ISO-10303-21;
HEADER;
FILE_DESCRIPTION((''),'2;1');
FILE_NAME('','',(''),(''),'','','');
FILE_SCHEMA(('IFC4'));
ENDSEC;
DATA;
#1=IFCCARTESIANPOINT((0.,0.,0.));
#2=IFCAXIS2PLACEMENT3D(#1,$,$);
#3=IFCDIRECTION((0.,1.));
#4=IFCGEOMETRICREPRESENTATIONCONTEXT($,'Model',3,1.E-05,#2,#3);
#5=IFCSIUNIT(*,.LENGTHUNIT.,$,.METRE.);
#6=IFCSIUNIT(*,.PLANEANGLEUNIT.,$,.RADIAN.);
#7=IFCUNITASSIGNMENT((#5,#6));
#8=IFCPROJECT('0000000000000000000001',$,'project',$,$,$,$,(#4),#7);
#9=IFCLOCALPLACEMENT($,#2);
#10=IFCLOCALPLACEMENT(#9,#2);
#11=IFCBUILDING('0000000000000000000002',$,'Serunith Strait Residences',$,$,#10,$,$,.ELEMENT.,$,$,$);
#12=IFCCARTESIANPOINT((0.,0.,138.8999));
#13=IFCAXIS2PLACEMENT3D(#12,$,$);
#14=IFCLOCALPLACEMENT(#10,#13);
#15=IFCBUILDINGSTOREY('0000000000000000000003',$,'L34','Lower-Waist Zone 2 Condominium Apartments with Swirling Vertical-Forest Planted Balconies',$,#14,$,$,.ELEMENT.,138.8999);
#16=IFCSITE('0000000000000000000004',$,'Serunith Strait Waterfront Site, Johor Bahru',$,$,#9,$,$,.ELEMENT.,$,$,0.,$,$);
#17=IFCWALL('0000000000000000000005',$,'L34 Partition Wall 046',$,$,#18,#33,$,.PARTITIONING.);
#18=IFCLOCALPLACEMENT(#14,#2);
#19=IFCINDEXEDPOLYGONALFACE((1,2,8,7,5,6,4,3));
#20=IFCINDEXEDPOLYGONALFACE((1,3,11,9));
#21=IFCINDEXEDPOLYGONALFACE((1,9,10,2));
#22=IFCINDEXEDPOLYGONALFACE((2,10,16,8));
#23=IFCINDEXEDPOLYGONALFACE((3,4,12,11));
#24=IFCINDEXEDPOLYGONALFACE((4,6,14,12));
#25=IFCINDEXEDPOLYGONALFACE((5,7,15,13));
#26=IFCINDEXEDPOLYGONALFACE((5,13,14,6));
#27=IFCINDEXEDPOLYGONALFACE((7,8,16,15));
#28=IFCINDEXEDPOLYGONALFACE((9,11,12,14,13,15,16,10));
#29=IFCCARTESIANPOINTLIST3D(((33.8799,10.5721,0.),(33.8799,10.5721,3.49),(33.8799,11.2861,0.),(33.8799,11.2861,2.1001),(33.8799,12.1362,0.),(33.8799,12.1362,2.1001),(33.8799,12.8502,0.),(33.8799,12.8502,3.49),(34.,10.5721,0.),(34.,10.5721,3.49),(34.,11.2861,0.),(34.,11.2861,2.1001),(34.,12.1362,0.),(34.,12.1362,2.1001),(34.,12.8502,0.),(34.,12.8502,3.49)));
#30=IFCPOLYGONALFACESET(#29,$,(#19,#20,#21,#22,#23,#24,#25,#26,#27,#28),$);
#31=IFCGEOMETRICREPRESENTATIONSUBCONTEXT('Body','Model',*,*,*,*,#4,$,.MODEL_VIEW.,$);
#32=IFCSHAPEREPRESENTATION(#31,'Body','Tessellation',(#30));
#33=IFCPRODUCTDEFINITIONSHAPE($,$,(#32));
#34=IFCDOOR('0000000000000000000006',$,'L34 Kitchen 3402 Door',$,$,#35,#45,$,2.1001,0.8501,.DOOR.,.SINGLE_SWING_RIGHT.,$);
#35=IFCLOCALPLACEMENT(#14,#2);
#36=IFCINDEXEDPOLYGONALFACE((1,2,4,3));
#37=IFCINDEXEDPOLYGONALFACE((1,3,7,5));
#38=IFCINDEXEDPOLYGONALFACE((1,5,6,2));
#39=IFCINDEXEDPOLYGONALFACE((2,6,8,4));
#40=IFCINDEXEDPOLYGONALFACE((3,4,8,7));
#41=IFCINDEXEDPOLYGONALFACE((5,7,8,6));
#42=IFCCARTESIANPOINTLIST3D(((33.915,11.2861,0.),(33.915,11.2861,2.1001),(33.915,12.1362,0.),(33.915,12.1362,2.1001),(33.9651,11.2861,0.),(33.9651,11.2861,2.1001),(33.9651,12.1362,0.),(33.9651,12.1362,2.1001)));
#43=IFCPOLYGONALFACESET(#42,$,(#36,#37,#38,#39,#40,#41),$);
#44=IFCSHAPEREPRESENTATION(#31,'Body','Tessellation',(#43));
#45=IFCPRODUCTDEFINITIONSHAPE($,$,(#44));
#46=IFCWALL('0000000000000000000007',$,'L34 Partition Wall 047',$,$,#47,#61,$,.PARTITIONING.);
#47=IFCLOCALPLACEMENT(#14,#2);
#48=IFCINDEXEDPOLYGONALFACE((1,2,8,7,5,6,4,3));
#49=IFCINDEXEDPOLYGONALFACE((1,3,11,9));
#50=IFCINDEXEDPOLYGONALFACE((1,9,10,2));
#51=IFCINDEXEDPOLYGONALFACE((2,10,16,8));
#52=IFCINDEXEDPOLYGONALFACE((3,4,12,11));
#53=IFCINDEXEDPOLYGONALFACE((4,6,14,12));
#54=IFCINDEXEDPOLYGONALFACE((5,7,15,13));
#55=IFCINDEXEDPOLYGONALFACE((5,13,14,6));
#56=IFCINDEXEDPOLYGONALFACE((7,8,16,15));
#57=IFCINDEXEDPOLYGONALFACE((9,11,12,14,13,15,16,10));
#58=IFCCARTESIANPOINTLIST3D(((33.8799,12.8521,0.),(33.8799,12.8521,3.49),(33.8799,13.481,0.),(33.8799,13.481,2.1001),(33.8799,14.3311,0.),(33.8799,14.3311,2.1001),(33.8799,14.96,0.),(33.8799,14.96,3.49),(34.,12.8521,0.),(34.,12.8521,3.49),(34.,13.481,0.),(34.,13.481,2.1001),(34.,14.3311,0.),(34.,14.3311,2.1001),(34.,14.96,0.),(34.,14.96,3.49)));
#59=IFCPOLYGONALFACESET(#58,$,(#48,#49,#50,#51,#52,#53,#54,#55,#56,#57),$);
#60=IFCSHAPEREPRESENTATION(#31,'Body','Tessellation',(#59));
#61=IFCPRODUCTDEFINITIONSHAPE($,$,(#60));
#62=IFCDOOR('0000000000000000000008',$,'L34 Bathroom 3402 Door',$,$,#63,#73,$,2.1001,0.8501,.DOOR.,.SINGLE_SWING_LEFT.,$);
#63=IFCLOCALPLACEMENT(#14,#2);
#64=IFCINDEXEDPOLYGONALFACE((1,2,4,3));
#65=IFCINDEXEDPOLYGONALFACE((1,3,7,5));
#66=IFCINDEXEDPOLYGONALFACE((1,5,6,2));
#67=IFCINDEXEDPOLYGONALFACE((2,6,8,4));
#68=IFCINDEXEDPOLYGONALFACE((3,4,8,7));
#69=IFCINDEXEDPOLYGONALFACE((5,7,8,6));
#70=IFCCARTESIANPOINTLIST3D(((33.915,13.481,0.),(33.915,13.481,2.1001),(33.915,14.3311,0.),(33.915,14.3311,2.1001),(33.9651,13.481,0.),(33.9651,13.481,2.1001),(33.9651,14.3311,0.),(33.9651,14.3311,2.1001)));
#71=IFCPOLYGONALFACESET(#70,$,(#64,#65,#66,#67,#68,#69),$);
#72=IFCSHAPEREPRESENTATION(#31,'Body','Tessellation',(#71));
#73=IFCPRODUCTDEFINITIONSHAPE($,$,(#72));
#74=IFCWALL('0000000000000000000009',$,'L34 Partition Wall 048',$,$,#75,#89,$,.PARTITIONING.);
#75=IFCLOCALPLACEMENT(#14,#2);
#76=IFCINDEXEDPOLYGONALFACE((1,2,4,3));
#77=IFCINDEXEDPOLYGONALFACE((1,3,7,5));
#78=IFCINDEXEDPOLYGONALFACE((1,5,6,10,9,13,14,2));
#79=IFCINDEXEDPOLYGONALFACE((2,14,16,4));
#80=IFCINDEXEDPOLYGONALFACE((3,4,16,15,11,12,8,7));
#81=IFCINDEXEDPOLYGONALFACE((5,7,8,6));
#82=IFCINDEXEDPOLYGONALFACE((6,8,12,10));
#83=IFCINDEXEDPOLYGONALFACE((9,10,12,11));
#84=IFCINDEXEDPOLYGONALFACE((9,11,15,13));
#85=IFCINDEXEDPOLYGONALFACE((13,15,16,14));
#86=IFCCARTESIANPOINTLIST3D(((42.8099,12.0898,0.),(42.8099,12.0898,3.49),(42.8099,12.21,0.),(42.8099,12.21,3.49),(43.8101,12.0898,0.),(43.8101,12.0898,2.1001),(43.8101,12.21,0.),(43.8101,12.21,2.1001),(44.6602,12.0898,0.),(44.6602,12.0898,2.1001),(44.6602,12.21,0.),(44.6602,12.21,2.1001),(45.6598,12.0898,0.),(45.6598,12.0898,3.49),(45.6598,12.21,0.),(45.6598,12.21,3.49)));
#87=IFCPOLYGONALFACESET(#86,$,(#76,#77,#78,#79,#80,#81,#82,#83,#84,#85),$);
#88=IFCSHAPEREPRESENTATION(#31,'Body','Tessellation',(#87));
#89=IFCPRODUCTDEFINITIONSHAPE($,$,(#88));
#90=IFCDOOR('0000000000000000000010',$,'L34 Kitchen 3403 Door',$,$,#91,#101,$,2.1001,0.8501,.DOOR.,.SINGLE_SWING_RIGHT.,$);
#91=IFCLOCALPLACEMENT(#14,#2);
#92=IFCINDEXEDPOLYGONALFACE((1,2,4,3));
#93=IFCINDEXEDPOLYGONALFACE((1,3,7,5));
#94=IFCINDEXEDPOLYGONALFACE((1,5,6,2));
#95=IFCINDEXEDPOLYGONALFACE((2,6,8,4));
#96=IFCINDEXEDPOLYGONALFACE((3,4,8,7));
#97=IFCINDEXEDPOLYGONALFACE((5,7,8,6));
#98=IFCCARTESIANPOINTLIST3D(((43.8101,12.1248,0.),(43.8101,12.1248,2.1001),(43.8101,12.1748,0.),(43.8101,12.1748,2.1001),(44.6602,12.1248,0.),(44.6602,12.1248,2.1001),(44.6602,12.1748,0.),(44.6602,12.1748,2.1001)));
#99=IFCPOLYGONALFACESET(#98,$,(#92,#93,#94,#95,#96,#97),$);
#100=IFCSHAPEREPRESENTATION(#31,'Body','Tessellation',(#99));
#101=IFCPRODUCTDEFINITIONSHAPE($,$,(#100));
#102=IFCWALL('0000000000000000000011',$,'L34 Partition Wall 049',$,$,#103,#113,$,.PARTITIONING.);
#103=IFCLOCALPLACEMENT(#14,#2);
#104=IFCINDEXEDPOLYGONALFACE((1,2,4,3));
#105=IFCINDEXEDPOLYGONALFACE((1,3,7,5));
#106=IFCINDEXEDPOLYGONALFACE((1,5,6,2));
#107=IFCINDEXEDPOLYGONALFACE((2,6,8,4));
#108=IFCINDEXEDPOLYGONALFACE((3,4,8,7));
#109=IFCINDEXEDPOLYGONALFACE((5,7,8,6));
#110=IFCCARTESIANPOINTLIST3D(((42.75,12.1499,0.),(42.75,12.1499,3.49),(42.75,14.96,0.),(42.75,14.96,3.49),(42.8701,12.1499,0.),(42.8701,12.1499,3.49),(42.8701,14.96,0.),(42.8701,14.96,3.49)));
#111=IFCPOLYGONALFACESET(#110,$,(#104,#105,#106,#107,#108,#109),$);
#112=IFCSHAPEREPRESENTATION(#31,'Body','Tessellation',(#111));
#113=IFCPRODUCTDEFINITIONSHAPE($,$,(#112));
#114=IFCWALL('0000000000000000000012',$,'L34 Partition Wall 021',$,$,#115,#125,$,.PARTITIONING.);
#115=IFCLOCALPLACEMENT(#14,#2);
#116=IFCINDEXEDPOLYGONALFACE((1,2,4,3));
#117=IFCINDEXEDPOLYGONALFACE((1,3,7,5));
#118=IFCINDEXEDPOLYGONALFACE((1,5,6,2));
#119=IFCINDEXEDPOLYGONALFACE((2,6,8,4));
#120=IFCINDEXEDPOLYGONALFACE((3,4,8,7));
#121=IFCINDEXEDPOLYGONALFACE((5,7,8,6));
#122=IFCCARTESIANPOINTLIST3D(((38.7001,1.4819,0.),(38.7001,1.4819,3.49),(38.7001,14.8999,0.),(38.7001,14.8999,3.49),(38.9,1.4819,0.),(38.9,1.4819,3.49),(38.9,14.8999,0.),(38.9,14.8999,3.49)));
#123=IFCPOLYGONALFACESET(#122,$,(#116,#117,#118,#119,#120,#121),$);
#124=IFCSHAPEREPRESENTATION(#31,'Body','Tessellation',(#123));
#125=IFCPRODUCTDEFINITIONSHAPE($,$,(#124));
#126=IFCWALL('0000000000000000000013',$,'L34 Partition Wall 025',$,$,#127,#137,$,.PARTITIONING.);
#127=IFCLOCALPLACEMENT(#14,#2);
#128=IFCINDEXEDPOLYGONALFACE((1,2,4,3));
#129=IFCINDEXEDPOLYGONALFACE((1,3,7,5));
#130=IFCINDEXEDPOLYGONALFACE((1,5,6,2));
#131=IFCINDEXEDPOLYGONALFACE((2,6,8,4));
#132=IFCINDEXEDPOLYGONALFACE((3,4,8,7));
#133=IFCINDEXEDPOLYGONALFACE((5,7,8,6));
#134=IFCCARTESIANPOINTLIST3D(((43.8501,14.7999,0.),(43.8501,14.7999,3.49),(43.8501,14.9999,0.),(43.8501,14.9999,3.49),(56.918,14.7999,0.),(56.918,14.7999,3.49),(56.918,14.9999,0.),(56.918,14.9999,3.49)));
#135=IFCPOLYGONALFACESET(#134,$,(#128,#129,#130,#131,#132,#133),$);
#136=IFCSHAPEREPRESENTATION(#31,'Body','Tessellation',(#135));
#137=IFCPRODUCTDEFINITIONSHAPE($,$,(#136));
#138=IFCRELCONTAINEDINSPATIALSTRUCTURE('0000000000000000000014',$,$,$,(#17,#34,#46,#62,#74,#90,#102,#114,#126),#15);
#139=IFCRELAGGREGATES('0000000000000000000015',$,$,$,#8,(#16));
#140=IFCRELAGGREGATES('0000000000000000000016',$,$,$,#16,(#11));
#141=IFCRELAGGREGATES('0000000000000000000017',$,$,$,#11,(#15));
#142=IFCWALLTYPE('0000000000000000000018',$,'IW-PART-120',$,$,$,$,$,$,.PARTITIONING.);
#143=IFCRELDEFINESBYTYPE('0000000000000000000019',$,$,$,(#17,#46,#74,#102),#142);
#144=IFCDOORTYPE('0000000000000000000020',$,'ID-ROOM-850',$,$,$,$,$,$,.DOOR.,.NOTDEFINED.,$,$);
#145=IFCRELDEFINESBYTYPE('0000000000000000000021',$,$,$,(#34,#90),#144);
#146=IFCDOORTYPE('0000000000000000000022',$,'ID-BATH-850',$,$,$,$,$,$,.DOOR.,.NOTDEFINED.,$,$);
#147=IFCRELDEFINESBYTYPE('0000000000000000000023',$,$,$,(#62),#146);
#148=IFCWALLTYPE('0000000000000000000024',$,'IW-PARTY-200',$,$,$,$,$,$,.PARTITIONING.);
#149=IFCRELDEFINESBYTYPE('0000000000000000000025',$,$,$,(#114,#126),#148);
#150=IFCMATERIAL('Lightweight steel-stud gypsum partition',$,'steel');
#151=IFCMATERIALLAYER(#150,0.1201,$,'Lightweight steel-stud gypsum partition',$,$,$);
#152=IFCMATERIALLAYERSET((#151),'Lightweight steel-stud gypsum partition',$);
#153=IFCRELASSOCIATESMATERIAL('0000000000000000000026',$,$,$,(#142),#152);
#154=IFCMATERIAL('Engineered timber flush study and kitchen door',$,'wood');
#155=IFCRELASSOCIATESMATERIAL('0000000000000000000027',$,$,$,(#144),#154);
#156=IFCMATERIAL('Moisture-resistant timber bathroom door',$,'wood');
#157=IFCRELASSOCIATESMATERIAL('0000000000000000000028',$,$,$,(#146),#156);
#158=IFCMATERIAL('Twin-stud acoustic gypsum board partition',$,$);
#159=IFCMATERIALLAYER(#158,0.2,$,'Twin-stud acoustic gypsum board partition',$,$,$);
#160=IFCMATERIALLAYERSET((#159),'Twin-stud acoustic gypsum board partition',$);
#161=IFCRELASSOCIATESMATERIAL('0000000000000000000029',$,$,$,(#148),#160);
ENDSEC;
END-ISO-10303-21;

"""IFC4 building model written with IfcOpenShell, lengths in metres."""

from ifc_helpers import new_model, si_unit, direction, frame, frame_2d, origin, place, context, subcontext, project, spatial, rectangle, extrude, source, transform, mapped, material, layer, layer_set, type_object, element, fill, save


model = new_model("IFC4")

# Units and contexts
model_context = context("Model", 3, precision=1e-05, world=origin(), true_north=direction((0.0, 1.0)))
body_context = subcontext(model_context, "Body", "Model", "MODEL_VIEW")
ifc_project = project(units=[si_unit("LENGTHUNIT", "METRE"), si_unit("PLANEANGLEUNIT", "RADIAN")], contexts=[model_context])

# Site, building, storey
site_placement = place(None, origin())
site = spatial("IfcSite", under=ifc_project, at=site_placement, Name="Serunith Strait Waterfront Site, Johor Bahru", CompositionType="ELEMENT", RefElevation=0.0)
building_placement = place(site_placement, origin())
building = spatial("IfcBuilding", under=site, at=building_placement, Name="Serunith Strait Residences", CompositionType="ELEMENT")
storey_placement = place(building_placement, frame((0.0, 0.0, 138.8999)))
storey = spatial("IfcBuildingStorey", under=building, at=storey_placement, Name="L34", Description="Lower-Waist Zone 2 Condominium Apartments with Swirling Vertical-Forest Planted Balconies", CompositionType="ELEMENT", Elevation=138.8999)

# Walls, openings, doors
ifc_material_1 = material(Name="Lightweight steel-stud gypsum partition", Category="steel")
ifc_layer_1 = layer(ifc_material_1, 0.1201, Name="Lightweight steel-stud gypsum partition")
ifc_layer_set_1 = layer_set([ifc_layer_1], Name="Lightweight steel-stud gypsum partition")
wall_type_1 = type_object("IfcWallType", Name="IW-PART-120", PredefinedType="PARTITIONING", material=ifc_layer_set_1)
ifc_material_2 = material(Name="Engineered timber flush study and kitchen door", Category="wood")
door_type_1 = type_object("IfcDoorType", Name="ID-ROOM-850", OperationType="NOTDEFINED", PredefinedType="DOOR", material=ifc_material_2)
shared_shape_1 = source(origin(), body_context, "Body", "SweptSolid", [
    extrude(rectangle(XDim=0.8501, YDim=2.1001, at=frame_2d((0.425, 1.05))), frame((0.0, 0.0249, 0.0), z_axis=(0.0, -1.0, 0.0), x_axis=(1.0, 0.0, 0.0)), (0.0, 0.0, 1.0), 0.05),
])
wall_1_placement = place(storey_placement, frame((33.9399, 10.572, 0.0), z_axis=(0.0, 0.0, 1.0), x_axis=(0.0, 1.0, 0.0)))
wall_1 = element("IfcWall", 1, at=wall_1_placement, inside=storey, type_object=wall_type_1, Name="L34 Partition Wall 046", PredefinedType="PARTITIONING", context=body_context, shape_type="SweptSolid", body=[
    extrude(rectangle(XDim=2.2781, YDim=0.1201, at=frame_2d((1.1392, 0.0))), origin(), (0.0, 0.0, 1.0), 3.49),
])
opening_1_placement = place(wall_1_placement, frame((0.7141, 0.0, 0.0)))
opening_1 = element("IfcOpeningElement", 2, at=opening_1_placement, cuts=wall_1, PredefinedType="OPENING", context=body_context, shape_type="SweptSolid", body=[
    extrude(rectangle(XDim=0.8501, YDim=2.1001, at=frame_2d((0.425, 1.05))), frame((0.0, 0.0701, 0.0), z_axis=(0.0, -1.0, 0.0), x_axis=(1.0, 0.0, 0.0)), (0.0, 0.0, 1.0), 0.1401),
])
door_1_placement = place(opening_1_placement, origin())
door_1 = element("IfcDoor", 3, at=door_1_placement, inside=storey, type_object=door_type_1, Name="L34 Kitchen 3402 Door", OperationType="SINGLE_SWING_RIGHT", OverallHeight=2.1001, OverallWidth=0.8501, PredefinedType="DOOR", context=body_context, shape_type="MappedRepresentation", body=[
    mapped(shared_shape_1, transform((0.0, 0.0, 0.0), scale=1.0)),
])
fill(opening_1, door_1)
wall_2_placement = place(storey_placement, frame((33.9399, 12.8521, 0.0), z_axis=(0.0, 0.0, 1.0), x_axis=(0.0, 1.0, 0.0)))
wall_2 = element("IfcWall", 4, at=wall_2_placement, inside=storey, type_object=wall_type_1, Name="L34 Partition Wall 047", PredefinedType="PARTITIONING", context=body_context, shape_type="SweptSolid", body=[
    extrude(rectangle(XDim=2.1079, YDim=0.1201, at=frame_2d((1.054, 0.0))), origin(), (0.0, 0.0, 1.0), 3.49),
])
opening_2_placement = place(wall_2_placement, frame((0.6289, 0.0, 0.0)))
opening_2 = element("IfcOpeningElement", 5, at=opening_2_placement, cuts=wall_2, PredefinedType="OPENING", context=body_context, shape_type="SweptSolid", body=[
    extrude(rectangle(XDim=0.8501, YDim=2.1001, at=frame_2d((0.425, 1.05))), frame((0.0, 0.0701, 0.0), z_axis=(0.0, -1.0, 0.0), x_axis=(1.0, 0.0, 0.0)), (0.0, 0.0, 1.0), 0.1401),
])
ifc_material_3 = material(Name="Moisture-resistant timber bathroom door", Category="wood")
door_type_2 = type_object("IfcDoorType", Name="ID-BATH-850", OperationType="NOTDEFINED", PredefinedType="DOOR", material=ifc_material_3)
door_2_placement = place(opening_2_placement, origin())
door_2 = element("IfcDoor", 6, at=door_2_placement, inside=storey, type_object=door_type_2, Name="L34 Bathroom 3402 Door", OperationType="SINGLE_SWING_LEFT", OverallHeight=2.1001, OverallWidth=0.8501, PredefinedType="DOOR", context=body_context, shape_type="MappedRepresentation", body=[
    mapped(shared_shape_1, transform((0.0, 0.0, 0.0), scale=1.0)),
])
fill(opening_2, door_2)
wall_3_placement = place(storey_placement, frame((42.8101, 12.1499, 0.0), z_axis=(0.0, 0.0, 1.0), x_axis=(1.0, 0.0, 0.0)))
wall_3 = element("IfcWall", 7, at=wall_3_placement, inside=storey, type_object=wall_type_1, Name="L34 Partition Wall 048", PredefinedType="PARTITIONING", context=body_context, shape_type="SweptSolid", body=[
    extrude(rectangle(XDim=2.8499, YDim=0.1201, at=frame_2d((1.4248, 0.0))), origin(), (0.0, 0.0, 1.0), 3.49),
])
opening_3_placement = place(wall_3_placement, frame((1.0, 0.0, 0.0)))
opening_3 = element("IfcOpeningElement", 8, at=opening_3_placement, cuts=wall_3, PredefinedType="OPENING", context=body_context, shape_type="SweptSolid", body=[
    extrude(rectangle(XDim=0.8501, YDim=2.1001, at=frame_2d((0.425, 1.05))), frame((0.0, 0.0701, 0.0), z_axis=(0.0, -1.0, 0.0), x_axis=(1.0, 0.0, 0.0)), (0.0, 0.0, 1.0), 0.1401),
])
door_3_placement = place(opening_3_placement, origin())
door_3 = element("IfcDoor", 9, at=door_3_placement, inside=storey, type_object=door_type_1, Name="L34 Kitchen 3403 Door", OperationType="SINGLE_SWING_RIGHT", OverallHeight=2.1001, OverallWidth=0.8501, PredefinedType="DOOR", context=body_context, shape_type="MappedRepresentation", body=[
    mapped(shared_shape_1, transform((0.0, 0.0, 0.0), scale=1.0)),
])
fill(opening_3, door_3)

# Walls
wall_4_placement = place(storey_placement, frame((42.8101, 12.1499, 0.0), z_axis=(0.0, 0.0, 1.0), x_axis=(0.0, 1.0, 0.0)))
element("IfcWall", 10, at=wall_4_placement, inside=storey, type_object=wall_type_1, Name="L34 Partition Wall 049", PredefinedType="PARTITIONING", context=body_context, shape_type="SweptSolid", body=[
    extrude(rectangle(XDim=2.8101, YDim=0.1201, at=frame_2d((1.405, 0.0))), origin(), (0.0, 0.0, 1.0), 3.49),
])
ifc_material_4 = material(Name="Twin-stud acoustic gypsum board partition")
ifc_layer_2 = layer(ifc_material_4, 0.2, Name="Twin-stud acoustic gypsum board partition")
ifc_layer_set_2 = layer_set([ifc_layer_2], Name="Twin-stud acoustic gypsum board partition")
wall_type_2 = type_object("IfcWallType", Name="IW-PARTY-200", PredefinedType="PARTITIONING", material=ifc_layer_set_2)
wall_5_placement = place(storey_placement, frame((38.8, 1.4819, 0.0), z_axis=(0.0, 0.0, 1.0), x_axis=(0.0, 1.0, 0.0)))
element("IfcWall", 11, at=wall_5_placement, inside=storey, type_object=wall_type_2, Name="L34 Partition Wall 021", PredefinedType="PARTITIONING", context=body_context, shape_type="SweptSolid", body=[
    extrude(rectangle(XDim=13.418, YDim=0.2, at=frame_2d((6.709, 0.0))), origin(), (0.0, 0.0, 1.0), 3.49),
])
wall_6_placement = place(storey_placement, frame((43.8501, 14.8999, 0.0), z_axis=(0.0, 0.0, 1.0), x_axis=(1.0, 0.0, 0.0)))
element("IfcWall", 12, at=wall_6_placement, inside=storey, type_object=wall_type_2, Name="L34 Partition Wall 025", PredefinedType="PARTITIONING", context=body_context, shape_type="SweptSolid", body=[
    extrude(rectangle(XDim=13.0679, YDim=0.2, at=frame_2d((6.5339, 0.0))), origin(), (0.0, 0.0, 1.0), 3.49),
])

save(model, "model.ifc")
